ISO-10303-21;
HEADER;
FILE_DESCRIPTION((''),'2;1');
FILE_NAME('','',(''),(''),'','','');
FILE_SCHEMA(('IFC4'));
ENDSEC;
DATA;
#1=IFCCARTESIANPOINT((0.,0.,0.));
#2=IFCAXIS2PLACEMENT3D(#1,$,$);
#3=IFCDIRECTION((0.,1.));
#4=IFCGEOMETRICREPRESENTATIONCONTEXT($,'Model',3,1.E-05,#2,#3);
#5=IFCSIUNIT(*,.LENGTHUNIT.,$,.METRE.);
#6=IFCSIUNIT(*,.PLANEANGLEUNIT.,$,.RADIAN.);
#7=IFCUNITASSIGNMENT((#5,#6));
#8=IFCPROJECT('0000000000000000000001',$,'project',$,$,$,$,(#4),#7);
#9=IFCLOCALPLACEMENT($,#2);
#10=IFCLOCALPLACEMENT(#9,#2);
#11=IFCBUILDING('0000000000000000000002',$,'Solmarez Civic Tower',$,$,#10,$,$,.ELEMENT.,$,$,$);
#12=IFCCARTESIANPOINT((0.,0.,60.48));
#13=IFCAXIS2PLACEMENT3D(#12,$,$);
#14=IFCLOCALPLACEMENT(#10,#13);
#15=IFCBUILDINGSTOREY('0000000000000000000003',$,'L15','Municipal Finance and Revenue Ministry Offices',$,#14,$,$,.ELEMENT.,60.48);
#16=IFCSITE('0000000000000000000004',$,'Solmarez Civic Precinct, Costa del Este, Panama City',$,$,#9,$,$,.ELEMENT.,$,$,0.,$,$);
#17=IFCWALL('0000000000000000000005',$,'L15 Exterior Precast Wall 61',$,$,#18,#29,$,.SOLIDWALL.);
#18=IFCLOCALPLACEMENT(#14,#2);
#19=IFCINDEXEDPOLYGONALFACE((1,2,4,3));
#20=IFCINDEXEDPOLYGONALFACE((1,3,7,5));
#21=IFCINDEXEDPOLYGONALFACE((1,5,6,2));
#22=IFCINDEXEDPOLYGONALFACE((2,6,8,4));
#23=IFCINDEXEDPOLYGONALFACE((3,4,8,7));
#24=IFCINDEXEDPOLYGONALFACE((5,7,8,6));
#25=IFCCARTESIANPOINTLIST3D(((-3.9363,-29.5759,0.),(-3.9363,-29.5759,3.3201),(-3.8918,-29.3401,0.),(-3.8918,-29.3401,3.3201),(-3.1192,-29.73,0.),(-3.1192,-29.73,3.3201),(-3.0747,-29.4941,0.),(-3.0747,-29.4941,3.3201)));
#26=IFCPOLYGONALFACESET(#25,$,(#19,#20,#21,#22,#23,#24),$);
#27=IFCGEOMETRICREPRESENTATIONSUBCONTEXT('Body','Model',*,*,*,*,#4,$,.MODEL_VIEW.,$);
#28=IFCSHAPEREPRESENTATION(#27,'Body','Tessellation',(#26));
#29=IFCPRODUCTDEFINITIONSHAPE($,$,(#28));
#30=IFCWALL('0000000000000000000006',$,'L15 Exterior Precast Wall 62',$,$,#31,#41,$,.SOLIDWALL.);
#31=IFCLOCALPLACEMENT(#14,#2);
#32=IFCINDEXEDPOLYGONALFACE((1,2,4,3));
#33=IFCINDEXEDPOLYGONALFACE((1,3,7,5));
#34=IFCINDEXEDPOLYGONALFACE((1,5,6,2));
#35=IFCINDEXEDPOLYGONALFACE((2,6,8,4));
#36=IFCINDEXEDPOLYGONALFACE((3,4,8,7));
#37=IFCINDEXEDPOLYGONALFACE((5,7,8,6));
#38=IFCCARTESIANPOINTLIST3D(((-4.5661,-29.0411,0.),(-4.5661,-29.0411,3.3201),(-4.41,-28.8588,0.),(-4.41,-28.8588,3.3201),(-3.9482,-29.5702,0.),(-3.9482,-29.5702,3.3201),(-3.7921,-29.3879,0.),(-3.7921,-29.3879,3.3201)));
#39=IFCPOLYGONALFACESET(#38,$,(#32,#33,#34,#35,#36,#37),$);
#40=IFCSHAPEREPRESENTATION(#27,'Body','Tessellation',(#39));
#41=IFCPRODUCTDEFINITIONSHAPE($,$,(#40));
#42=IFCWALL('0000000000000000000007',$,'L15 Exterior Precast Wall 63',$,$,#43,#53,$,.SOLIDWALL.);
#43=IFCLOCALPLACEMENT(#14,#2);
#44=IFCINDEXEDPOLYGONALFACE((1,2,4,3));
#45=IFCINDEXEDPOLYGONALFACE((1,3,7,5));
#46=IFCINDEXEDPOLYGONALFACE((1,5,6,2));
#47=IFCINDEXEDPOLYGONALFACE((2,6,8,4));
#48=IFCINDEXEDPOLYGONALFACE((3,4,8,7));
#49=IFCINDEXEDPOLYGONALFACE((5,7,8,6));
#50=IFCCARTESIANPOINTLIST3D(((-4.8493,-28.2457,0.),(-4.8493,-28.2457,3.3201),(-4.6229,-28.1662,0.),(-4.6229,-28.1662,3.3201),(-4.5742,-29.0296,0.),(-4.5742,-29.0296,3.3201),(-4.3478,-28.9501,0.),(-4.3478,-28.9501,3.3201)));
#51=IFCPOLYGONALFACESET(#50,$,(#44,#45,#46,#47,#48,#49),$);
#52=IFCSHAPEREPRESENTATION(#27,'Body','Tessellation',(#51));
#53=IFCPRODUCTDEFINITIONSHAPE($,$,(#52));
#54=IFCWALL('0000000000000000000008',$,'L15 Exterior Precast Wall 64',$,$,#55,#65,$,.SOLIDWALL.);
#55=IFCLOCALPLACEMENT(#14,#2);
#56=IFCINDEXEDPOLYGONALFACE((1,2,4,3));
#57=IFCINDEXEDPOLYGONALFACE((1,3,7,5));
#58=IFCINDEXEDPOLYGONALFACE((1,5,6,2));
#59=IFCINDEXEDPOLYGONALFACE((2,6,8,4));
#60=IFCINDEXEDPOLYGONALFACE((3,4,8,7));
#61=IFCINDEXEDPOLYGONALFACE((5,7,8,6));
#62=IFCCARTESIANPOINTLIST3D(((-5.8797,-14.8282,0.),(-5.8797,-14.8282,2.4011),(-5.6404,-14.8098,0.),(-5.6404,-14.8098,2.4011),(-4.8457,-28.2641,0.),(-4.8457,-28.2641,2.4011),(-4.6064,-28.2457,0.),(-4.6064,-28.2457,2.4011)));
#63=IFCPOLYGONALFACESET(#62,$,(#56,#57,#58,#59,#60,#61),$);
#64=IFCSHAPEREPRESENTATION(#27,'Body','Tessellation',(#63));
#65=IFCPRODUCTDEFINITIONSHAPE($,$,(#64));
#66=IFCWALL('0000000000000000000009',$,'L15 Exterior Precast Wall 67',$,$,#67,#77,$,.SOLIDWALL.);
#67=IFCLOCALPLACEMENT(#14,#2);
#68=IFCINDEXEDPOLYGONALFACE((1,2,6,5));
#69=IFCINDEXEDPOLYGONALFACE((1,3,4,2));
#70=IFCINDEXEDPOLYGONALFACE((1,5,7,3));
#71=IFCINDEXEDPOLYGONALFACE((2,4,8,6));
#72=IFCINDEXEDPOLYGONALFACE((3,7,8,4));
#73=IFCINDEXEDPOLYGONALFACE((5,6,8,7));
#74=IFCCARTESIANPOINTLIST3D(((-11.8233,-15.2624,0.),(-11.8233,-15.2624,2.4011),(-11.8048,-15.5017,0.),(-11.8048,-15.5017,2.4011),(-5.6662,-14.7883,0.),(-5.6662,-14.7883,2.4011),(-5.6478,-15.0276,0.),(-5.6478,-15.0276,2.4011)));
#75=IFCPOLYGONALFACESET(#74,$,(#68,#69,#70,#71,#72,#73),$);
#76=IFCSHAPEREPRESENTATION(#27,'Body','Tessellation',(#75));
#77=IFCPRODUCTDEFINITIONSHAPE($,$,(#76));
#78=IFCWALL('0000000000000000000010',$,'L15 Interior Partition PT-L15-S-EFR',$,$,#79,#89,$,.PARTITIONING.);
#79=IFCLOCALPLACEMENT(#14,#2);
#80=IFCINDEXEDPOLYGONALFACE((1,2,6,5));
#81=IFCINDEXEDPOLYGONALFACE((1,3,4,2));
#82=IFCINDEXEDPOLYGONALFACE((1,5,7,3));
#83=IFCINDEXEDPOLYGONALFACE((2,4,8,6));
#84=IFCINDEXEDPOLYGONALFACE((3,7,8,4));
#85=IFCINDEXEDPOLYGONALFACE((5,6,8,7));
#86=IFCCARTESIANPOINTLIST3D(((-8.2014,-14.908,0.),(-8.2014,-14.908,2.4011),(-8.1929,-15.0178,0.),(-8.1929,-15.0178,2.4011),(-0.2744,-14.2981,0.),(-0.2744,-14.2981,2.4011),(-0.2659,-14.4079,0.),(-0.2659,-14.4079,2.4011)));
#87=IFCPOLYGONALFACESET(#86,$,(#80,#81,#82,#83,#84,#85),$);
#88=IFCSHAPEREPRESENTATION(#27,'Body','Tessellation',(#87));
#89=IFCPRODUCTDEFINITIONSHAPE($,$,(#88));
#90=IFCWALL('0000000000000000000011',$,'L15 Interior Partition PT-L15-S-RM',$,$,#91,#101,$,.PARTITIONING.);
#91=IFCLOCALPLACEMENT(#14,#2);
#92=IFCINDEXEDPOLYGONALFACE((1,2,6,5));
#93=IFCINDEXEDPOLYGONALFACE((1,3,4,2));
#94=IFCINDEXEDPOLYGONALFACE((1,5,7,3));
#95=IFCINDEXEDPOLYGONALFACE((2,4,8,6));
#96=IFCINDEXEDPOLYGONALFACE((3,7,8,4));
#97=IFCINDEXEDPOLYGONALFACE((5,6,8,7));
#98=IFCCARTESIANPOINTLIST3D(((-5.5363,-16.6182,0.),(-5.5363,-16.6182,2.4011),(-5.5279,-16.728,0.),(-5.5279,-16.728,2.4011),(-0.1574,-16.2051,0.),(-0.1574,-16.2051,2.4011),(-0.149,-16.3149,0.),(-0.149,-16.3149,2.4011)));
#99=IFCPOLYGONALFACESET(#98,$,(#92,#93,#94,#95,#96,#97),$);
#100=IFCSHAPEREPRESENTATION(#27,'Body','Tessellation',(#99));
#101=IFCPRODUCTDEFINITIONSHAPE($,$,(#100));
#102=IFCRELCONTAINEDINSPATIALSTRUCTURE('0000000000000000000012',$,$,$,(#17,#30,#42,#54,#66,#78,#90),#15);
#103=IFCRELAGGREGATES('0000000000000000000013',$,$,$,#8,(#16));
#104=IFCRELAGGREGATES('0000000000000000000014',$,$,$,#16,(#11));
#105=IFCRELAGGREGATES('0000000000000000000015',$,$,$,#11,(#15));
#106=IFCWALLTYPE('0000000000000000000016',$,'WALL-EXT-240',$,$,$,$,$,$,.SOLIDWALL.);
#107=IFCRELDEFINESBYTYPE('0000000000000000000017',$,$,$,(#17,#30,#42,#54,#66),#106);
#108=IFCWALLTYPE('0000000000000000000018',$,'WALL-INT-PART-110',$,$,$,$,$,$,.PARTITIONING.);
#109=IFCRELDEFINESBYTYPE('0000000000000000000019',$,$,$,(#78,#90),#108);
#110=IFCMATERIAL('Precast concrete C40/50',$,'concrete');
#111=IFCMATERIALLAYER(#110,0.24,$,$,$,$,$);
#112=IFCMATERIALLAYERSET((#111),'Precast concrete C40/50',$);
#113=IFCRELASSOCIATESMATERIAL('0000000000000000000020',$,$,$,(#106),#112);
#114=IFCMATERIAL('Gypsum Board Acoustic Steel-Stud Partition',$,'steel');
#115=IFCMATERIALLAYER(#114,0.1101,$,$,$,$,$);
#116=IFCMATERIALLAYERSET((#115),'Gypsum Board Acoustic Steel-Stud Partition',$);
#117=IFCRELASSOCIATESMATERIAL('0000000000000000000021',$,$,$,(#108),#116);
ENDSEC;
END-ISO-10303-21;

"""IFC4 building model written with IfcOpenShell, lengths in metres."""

from ifc_helpers import new_model, si_unit, direction, frame, frame_2d, origin, place, context, subcontext, project, spatial, rectangle, extrude, material, layer, layer_set, type_object, element, save


model = new_model("IFC4")

# Units and contexts
model_context = context("Model", 3, precision=1e-05, world=origin(), true_north=direction((0.0, 1.0)))
body_context = subcontext(model_context, "Body", "Model", "MODEL_VIEW")
ifc_project = project(units=[si_unit("LENGTHUNIT", "METRE"), si_unit("PLANEANGLEUNIT", "RADIAN")], contexts=[model_context])

# Site, building, storey
site_placement = place(None, origin())
site = spatial("IfcSite", under=ifc_project, at=site_placement, Name="Solmarez Civic Precinct, Costa del Este, Panama City", CompositionType="ELEMENT", RefElevation=0.0)
building_placement = place(site_placement, origin())
building = spatial("IfcBuilding", under=site, at=building_placement, Name="Solmarez Civic Tower", CompositionType="ELEMENT")
storey_placement = place(building_placement, frame((0.0, 0.0, 60.48)))
storey = spatial("IfcBuildingStorey", under=building, at=storey_placement, Name="L15", Description="Municipal Finance and Revenue Ministry Offices", CompositionType="ELEMENT", Elevation=60.48)

# Walls
ifc_material_1 = material(Name="Precast concrete C40/50", Category="concrete")
ifc_layer_1 = layer(ifc_material_1, 0.24)
ifc_layer_set_1 = layer_set([ifc_layer_1], Name="Precast concrete C40/50")
wall_type_1 = type_object("IfcWallType", Name="WALL-EXT-240", PredefinedType="SOLIDWALL", material=ifc_layer_set_1)
wall_1_placement = place(storey_placement, frame((-3.0969, -29.6121, 0.0), z_axis=(0.0, 0.0, 1.0), x_axis=(-0.982689, 0.185263, 0.0)))
element("IfcWall", 1, at=wall_1_placement, inside=storey, type_object=wall_type_1, Name="L15 Exterior Precast Wall 61", PredefinedType="SOLIDWALL", context=body_context, shape_type="SweptSolid", body=[
    extrude(rectangle(XDim=0.8315, YDim=0.24, at=frame_2d((0.4158, 0.0))), origin(), (0.0, 0.0, 1.0), 3.3201),
])
wall_2_placement = place(storey_placement, frame((-3.8701, -29.479, 0.0), z_axis=(0.0, 0.0, 1.0), x_axis=(-0.759617, 0.650371, 0.0)))
element("IfcWall", 2, at=wall_2_placement, inside=storey, type_object=wall_type_1, Name="L15 Exterior Precast Wall 62", PredefinedType="SOLIDWALL", context=body_context, shape_type="SweptSolid", body=[
    extrude(rectangle(XDim=0.8135, YDim=0.24, at=frame_2d((0.4067, 0.0))), origin(), (0.0, 0.0, 1.0), 3.3201),
])
wall_3_placement = place(storey_placement, frame((-4.4609, -28.99, 0.0), z_axis=(0.0, 0.0, 1.0), x_axis=(-0.331175, 0.943569, 0.0)))
element("IfcWall", 3, at=wall_3_placement, inside=storey, type_object=wall_type_1, Name="L15 Exterior Precast Wall 63", PredefinedType="SOLIDWALL", context=body_context, shape_type="SweptSolid", body=[
    extrude(rectangle(XDim=0.8308, YDim=0.24, at=frame_2d((0.4155, 0.0))), origin(), (0.0, 0.0, 1.0), 3.3201),
])
wall_4_placement = place(storey_placement, frame((-4.7261, -28.2549, 0.0), z_axis=(0.0, 0.0, 1.0), x_axis=(-0.076727, 0.997052, 0.0)))
element("IfcWall", 4, at=wall_4_placement, inside=storey, type_object=wall_type_1, Name="L15 Exterior Precast Wall 64", PredefinedType="SOLIDWALL", context=body_context, shape_type="SweptSolid", body=[
    extrude(rectangle(XDim=13.4756, YDim=0.24, at=frame_2d((6.7378, 0.0))), origin(), (0.0, 0.0, 1.0), 2.4011),
])
wall_5_placement = place(storey_placement, frame((-5.657, -14.908, 0.0), z_axis=(0.0, 0.0, 1.0), x_axis=(-0.997048, -0.076778, 0.0)))
element("IfcWall", 5, at=wall_5_placement, inside=storey, type_object=wall_type_1, Name="L15 Exterior Precast Wall 67", PredefinedType="SOLIDWALL", context=body_context, shape_type="SweptSolid", body=[
    extrude(rectangle(XDim=6.1753, YDim=0.24, at=frame_2d((3.0876, 0.0))), origin(), (0.0, 0.0, 1.0), 2.4011),
])
ifc_material_2 = material(Name="Gypsum Board Acoustic Steel-Stud Partition", Category="steel")
ifc_layer_2 = layer(ifc_material_2, 0.1101)
ifc_layer_set_2 = layer_set([ifc_layer_2], Name="Gypsum Board Acoustic Steel-Stud Partition")
wall_type_2 = type_object("IfcWallType", Name="WALL-INT-PART-110", PredefinedType="PARTITIONING", material=ifc_layer_set_2)
wall_6_placement = place(storey_placement, frame((-8.197, -14.9629, 0.0), z_axis=(0.0, 0.0, 1.0), x_axis=(0.997054, 0.076708, 0.0)))
element("IfcWall", 6, at=wall_6_placement, inside=storey, type_object=wall_type_2, Name="L15 Interior Partition PT-L15-S-EFR", PredefinedType="PARTITIONING", context=body_context, shape_type="SweptSolid", body=[
    extrude(rectangle(XDim=7.9504, YDim=0.1101, at=frame_2d((3.9751, 0.0))), origin(), (0.0, 0.0, 1.0), 2.4011),
])
wall_7_placement = place(storey_placement, frame((-5.532, -16.6731, 0.0), z_axis=(0.0, 0.0, 1.0), x_axis=(0.997064, 0.076572, 0.0)))
element("IfcWall", 7, at=wall_7_placement, inside=storey, type_object=wall_type_2, Name="L15 Interior Partition PT-L15-S-RM", PredefinedType="PARTITIONING", context=body_context, shape_type="SweptSolid", body=[
    extrude(rectangle(XDim=5.3948, YDim=0.1101, at=frame_2d((2.6973, 0.0))), origin(), (0.0, 0.0, 1.0), 2.4011),
])

save(model, "model.ifc")
